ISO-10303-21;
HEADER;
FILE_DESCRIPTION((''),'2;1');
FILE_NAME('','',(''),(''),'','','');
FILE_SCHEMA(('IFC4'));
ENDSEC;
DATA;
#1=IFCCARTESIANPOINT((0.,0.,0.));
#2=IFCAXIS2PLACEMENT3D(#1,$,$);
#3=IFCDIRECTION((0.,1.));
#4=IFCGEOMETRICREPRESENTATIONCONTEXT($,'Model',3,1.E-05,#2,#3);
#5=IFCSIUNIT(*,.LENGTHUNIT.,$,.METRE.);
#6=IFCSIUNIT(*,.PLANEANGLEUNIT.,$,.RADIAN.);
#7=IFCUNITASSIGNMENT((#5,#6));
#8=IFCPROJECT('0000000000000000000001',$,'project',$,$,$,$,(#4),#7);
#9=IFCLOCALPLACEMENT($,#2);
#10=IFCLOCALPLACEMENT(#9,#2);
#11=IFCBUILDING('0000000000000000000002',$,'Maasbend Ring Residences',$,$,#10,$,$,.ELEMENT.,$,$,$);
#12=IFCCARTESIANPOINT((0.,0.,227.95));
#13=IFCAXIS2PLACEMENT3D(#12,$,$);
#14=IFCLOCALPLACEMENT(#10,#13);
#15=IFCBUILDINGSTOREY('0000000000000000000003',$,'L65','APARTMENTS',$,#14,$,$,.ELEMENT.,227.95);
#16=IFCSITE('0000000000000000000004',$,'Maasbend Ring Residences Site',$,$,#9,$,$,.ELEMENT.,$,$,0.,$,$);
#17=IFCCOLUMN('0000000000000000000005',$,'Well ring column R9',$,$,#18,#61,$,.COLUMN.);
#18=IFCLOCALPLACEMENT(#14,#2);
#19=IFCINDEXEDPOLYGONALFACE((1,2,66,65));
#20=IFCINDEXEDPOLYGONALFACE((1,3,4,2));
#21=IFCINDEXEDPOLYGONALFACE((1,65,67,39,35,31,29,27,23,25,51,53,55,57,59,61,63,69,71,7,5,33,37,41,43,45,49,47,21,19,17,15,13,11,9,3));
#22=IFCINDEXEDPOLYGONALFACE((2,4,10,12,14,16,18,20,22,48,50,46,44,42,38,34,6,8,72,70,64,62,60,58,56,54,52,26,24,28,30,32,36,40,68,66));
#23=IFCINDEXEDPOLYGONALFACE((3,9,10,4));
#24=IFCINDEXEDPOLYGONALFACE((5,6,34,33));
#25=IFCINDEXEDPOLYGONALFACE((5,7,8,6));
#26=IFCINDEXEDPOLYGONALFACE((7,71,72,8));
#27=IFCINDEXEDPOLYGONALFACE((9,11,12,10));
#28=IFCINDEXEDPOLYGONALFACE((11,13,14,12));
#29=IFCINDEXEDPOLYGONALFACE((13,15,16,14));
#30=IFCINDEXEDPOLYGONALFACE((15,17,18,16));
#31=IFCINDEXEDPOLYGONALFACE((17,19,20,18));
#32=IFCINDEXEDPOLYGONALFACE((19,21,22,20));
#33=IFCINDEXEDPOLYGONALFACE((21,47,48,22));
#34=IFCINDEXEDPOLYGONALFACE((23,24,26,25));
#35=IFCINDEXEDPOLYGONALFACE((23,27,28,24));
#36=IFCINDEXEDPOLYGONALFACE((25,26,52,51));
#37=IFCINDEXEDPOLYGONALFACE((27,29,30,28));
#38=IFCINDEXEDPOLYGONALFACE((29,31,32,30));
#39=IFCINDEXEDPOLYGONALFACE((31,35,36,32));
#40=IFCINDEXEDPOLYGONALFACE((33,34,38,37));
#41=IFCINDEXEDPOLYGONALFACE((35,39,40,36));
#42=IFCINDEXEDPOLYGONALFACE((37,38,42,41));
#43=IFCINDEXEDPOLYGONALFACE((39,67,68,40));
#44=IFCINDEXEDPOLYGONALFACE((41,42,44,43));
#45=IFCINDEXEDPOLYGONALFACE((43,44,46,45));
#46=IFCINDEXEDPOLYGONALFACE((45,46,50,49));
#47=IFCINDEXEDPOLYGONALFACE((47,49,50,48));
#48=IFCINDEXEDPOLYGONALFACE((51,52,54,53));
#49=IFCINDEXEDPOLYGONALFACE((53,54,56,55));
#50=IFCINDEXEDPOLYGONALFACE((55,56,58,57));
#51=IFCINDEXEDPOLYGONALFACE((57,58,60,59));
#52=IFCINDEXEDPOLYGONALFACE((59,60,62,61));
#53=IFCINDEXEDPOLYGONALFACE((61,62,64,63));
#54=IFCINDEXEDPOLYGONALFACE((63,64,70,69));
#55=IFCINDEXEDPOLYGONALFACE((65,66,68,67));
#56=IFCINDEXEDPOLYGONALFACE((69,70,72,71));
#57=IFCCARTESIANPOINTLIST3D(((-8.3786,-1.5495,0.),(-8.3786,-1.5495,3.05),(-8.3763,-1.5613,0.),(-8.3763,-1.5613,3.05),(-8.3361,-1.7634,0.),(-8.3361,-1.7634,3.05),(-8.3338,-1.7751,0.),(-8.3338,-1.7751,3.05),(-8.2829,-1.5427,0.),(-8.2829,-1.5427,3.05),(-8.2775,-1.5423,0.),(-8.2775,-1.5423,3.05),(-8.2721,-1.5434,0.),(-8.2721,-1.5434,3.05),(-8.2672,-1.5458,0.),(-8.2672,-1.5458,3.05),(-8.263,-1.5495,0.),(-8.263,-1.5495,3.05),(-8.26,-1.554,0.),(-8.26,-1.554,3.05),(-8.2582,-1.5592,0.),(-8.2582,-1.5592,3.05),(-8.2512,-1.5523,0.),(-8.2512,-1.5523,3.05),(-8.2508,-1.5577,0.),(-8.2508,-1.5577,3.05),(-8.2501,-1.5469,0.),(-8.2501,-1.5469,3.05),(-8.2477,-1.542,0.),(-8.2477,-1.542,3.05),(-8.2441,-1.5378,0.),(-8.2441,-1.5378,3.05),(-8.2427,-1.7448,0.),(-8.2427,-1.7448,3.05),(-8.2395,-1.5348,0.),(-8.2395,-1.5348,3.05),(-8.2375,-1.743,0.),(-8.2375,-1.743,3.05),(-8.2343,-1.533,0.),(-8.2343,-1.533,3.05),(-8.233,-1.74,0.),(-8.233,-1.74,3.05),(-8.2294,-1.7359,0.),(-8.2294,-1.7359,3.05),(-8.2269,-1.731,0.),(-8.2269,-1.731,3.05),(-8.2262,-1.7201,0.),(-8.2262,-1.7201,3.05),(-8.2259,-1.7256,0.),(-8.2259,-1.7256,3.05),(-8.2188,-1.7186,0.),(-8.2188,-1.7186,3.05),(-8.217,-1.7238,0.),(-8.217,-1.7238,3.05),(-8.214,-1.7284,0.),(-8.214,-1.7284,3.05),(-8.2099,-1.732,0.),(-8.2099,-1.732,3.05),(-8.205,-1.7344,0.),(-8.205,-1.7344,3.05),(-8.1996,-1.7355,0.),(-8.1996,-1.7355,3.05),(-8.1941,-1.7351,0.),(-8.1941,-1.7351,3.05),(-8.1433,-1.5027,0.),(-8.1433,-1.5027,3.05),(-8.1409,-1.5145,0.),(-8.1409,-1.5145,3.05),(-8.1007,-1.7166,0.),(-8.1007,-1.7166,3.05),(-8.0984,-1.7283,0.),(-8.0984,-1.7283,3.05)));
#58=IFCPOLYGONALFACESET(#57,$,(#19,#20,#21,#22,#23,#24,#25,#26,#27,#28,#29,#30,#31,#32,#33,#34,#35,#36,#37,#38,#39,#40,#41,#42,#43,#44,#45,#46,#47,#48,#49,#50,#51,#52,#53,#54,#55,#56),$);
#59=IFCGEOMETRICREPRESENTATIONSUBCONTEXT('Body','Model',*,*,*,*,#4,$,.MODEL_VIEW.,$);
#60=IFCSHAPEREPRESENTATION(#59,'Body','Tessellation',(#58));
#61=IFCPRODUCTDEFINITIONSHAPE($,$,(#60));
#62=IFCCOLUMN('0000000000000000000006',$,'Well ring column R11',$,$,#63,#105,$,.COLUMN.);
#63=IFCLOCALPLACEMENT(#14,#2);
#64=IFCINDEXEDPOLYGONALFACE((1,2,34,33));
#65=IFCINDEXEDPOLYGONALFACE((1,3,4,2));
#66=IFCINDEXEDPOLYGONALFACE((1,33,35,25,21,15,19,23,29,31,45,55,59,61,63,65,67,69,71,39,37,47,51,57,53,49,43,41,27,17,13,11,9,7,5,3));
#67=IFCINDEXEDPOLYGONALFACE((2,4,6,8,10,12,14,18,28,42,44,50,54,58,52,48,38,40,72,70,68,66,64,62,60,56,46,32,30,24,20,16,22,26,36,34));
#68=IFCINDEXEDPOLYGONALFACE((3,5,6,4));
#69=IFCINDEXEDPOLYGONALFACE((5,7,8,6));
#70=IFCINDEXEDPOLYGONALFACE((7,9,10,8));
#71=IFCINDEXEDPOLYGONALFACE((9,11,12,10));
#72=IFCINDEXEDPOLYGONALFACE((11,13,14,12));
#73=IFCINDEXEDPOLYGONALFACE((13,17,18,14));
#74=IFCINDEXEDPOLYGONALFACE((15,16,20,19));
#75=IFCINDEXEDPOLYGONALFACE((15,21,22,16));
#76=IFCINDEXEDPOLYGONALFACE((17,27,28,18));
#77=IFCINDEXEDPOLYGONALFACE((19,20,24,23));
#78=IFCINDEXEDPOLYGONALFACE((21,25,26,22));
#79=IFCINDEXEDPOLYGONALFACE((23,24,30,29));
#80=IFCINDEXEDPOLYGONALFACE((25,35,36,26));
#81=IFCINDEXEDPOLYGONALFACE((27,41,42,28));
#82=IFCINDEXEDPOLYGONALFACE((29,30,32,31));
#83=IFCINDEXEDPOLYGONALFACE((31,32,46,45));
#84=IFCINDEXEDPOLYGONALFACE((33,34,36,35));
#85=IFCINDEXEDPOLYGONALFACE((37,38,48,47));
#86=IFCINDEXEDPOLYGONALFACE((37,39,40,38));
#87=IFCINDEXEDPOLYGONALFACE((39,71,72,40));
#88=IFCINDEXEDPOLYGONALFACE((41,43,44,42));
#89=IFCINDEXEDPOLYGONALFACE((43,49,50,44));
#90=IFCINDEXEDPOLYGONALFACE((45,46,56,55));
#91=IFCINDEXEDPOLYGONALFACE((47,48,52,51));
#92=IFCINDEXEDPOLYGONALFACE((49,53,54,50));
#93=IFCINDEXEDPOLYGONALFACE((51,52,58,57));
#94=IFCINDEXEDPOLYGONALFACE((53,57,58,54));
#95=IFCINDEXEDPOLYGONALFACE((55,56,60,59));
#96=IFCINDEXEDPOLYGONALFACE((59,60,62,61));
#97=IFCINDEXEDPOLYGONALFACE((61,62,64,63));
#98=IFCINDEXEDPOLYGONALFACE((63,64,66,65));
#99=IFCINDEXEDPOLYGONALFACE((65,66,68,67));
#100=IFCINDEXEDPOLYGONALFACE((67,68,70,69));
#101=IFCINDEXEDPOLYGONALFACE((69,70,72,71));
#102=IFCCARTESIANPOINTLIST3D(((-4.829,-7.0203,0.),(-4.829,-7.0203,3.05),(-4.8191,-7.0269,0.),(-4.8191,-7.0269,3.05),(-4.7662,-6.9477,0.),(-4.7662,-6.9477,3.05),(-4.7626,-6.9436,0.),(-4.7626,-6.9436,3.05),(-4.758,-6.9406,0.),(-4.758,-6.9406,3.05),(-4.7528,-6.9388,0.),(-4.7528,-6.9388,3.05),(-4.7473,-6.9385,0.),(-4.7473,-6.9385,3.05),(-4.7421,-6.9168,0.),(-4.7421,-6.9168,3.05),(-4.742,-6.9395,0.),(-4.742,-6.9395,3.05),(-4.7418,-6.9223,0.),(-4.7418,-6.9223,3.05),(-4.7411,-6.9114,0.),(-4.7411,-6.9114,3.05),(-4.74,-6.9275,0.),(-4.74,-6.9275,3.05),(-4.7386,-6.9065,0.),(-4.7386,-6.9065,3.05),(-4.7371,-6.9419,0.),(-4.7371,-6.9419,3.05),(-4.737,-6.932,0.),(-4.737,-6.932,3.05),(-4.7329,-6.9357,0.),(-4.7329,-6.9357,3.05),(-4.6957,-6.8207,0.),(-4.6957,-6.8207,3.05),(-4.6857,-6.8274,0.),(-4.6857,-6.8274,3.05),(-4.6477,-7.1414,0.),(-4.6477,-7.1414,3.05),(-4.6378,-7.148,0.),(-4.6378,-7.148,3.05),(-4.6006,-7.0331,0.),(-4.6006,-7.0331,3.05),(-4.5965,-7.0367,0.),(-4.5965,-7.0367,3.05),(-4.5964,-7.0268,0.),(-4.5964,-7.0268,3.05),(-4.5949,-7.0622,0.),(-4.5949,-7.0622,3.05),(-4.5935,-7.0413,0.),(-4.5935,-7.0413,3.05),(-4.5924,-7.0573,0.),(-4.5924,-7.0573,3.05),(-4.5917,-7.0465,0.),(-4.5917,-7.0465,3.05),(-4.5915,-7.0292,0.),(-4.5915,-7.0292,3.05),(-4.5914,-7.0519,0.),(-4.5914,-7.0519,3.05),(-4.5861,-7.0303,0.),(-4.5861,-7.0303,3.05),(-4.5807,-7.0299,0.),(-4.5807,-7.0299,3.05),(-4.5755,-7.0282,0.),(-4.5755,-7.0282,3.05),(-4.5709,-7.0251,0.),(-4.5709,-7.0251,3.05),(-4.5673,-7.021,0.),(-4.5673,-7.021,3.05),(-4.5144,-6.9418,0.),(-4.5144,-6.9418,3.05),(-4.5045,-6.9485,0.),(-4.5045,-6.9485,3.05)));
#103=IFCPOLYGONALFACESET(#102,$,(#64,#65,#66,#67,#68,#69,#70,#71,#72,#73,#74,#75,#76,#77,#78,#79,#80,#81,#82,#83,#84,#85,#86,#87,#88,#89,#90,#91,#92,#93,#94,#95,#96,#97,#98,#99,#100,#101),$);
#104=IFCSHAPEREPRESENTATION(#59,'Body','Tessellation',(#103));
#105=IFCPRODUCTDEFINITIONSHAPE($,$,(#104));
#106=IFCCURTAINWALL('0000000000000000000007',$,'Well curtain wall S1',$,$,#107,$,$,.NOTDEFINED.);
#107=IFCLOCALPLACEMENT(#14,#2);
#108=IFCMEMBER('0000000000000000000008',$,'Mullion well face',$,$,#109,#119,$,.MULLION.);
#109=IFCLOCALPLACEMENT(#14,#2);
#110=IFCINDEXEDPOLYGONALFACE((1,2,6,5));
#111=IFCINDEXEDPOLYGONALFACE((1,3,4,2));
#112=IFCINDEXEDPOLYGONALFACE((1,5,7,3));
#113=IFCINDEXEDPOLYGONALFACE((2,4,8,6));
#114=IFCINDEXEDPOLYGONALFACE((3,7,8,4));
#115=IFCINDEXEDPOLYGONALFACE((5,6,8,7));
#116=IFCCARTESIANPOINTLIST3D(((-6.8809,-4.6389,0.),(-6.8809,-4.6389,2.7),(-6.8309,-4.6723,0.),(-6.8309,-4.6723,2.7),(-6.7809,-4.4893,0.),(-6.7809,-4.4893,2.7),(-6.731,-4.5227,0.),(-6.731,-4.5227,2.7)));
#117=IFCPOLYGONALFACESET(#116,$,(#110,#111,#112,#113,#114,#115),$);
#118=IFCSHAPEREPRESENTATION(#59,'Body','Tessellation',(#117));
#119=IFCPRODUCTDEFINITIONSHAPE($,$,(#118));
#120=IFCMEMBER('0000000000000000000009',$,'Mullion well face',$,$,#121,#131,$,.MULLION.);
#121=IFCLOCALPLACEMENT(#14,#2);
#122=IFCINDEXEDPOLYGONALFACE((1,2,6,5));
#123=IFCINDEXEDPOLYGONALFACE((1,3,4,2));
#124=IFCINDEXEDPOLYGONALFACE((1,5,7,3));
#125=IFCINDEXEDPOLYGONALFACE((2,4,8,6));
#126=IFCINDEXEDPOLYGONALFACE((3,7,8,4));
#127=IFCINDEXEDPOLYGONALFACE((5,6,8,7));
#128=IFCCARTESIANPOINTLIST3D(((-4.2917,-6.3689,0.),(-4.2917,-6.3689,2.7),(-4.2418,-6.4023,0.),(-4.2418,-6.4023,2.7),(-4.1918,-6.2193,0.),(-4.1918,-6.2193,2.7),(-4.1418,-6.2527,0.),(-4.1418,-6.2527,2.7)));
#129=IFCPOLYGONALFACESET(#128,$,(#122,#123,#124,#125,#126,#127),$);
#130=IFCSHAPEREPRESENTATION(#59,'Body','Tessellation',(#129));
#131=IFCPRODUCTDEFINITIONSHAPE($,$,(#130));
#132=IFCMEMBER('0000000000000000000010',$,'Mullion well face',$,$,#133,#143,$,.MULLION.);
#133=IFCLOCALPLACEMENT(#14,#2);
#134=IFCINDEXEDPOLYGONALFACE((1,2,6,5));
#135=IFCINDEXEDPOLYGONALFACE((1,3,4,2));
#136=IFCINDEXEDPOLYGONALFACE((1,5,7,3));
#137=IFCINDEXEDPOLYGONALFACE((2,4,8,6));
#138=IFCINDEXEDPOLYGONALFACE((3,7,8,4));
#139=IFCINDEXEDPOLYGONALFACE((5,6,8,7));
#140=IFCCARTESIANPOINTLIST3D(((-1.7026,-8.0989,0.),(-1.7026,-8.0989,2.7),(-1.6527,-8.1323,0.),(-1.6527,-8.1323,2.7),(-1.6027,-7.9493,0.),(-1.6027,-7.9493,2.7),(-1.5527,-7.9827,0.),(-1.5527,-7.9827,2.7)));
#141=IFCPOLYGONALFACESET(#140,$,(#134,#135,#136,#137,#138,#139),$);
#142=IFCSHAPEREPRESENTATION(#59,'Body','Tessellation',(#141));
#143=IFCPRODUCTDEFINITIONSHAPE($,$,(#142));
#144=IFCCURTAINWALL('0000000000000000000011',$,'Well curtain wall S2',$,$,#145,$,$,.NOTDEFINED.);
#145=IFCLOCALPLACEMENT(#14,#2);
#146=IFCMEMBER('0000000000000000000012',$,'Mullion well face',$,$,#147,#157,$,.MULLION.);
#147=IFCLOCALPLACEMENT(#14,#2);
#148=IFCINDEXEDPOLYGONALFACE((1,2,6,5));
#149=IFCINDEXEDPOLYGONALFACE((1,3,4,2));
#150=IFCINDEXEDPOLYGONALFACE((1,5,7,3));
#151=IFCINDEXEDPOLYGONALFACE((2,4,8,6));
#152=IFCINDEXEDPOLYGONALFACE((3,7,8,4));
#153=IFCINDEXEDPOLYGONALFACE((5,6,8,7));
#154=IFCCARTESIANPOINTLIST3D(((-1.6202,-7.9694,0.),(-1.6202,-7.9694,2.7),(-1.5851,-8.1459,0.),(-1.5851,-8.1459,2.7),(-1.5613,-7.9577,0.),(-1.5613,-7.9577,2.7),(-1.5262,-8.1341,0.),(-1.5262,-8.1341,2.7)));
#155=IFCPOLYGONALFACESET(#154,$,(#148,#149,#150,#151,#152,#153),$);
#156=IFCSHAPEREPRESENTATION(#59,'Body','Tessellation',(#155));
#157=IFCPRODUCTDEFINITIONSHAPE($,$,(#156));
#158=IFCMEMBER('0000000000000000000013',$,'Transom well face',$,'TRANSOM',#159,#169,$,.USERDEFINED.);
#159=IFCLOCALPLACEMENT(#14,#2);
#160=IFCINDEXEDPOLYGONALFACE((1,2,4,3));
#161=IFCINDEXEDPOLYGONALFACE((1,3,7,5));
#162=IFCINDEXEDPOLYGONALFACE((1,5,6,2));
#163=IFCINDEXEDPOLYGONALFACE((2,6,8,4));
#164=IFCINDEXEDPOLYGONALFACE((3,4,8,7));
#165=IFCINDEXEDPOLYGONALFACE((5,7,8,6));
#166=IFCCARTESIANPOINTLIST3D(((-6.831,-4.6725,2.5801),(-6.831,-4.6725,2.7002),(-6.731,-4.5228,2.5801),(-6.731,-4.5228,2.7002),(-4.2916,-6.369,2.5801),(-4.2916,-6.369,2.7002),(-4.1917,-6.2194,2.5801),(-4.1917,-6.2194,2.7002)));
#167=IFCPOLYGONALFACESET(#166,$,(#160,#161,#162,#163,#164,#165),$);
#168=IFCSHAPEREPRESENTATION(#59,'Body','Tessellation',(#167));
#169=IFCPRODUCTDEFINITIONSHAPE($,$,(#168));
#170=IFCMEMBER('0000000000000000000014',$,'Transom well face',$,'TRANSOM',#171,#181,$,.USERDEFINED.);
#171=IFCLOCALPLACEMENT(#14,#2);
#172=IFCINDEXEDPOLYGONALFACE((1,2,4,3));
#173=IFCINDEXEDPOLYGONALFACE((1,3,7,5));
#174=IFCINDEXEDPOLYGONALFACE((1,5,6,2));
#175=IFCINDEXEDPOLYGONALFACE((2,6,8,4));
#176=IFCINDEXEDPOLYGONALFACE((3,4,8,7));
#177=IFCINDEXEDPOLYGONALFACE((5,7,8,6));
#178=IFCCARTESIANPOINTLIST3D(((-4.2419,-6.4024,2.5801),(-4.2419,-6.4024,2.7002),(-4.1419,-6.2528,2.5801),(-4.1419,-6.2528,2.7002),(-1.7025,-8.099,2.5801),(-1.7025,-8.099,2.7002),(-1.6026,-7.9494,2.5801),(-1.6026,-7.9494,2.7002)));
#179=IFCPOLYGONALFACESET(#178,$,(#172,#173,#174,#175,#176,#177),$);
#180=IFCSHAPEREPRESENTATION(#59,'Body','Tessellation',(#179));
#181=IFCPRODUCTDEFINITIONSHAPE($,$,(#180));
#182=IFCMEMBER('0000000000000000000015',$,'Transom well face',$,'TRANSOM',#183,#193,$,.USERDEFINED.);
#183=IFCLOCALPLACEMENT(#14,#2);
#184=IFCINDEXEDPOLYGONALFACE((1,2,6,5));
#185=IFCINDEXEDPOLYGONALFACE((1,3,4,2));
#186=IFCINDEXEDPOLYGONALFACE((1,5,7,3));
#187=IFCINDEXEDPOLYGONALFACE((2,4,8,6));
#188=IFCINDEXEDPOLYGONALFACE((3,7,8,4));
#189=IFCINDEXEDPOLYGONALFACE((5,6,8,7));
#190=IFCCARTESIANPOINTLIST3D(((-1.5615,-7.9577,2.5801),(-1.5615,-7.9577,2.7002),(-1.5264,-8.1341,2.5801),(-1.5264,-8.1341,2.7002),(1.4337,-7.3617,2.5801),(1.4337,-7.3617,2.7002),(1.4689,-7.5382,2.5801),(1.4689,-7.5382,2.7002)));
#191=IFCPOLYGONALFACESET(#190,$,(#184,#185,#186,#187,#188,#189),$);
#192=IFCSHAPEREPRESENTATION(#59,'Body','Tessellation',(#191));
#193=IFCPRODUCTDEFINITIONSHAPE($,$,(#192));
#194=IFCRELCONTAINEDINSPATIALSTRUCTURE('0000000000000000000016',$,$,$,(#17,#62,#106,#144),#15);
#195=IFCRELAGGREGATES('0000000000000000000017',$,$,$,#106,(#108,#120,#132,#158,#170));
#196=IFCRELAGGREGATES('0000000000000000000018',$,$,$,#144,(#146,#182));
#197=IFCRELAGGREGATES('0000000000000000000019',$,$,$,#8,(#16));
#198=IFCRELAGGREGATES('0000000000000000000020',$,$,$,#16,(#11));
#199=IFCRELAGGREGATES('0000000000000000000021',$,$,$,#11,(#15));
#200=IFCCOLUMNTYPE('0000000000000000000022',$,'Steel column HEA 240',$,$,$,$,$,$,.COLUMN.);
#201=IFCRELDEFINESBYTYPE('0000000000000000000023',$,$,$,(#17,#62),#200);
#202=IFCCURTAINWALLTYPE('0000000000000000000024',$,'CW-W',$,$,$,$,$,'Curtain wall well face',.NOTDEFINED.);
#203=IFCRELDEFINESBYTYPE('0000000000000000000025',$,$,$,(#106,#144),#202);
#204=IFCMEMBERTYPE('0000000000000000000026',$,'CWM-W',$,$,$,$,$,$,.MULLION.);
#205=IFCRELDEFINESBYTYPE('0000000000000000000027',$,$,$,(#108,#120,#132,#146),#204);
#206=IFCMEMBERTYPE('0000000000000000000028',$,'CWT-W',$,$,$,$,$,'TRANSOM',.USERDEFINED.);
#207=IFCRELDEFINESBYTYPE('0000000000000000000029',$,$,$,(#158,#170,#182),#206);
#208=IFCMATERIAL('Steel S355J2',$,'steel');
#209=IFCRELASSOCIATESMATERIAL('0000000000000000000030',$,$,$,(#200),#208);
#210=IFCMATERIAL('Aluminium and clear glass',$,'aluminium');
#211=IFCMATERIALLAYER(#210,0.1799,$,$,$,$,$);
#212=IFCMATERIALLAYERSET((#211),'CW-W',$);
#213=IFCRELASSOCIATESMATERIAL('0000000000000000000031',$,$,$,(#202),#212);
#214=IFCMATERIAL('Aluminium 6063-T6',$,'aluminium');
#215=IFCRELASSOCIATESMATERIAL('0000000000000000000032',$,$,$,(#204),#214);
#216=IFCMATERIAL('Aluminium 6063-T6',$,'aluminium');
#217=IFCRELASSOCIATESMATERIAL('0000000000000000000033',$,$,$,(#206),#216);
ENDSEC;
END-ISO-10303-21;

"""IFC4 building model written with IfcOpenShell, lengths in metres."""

from ifc_helpers import new_model, si_unit, direction, frame, origin, origin_2d, place, context, subcontext, project, spatial, rectangle, i_section, extrude, material, layer, layer_set, material_profile, profile_set, type_object, element, aggregate, save


model = new_model("IFC4")

# Units and contexts
model_context = context("Model", 3, precision=1e-05, world=origin(), true_north=direction((0.0, 1.0)))
body_context = subcontext(model_context, "Body", "Model", "MODEL_VIEW")
ifc_project = project(units=[si_unit("LENGTHUNIT", "METRE"), si_unit("PLANEANGLEUNIT", "RADIAN")], contexts=[model_context])

# Site, building, storey
site_placement = place(None, origin())
site = spatial("IfcSite", under=ifc_project, at=site_placement, Name="Maasbend Ring Residences Site", CompositionType="ELEMENT", RefElevation=0.0)
building_placement = place(site_placement, origin())
building = spatial("IfcBuilding", under=site, at=building_placement, Name="Maasbend Ring Residences", CompositionType="ELEMENT")
storey_placement = place(building_placement, frame((0.0, 0.0, 227.95)))
storey = spatial("IfcBuildingStorey", under=building, at=storey_placement, Name="L65", Description="APARTMENTS", CompositionType="ELEMENT", Elevation=227.95)

# Columns
ifc_material_1 = material(Name="Steel S355J2", Category="steel")
ifc_material_profile_1 = material_profile(ifc_material_1, i_section(OverallWidth=0.24, OverallDepth=0.23, WebThickness=0.0076, FlangeThickness=0.012, FilletRadius=0.021, at=origin_2d()), Name="HEA 240")
ifc_profile_set_1 = profile_set([ifc_material_profile_1], Name="Steel S355J2")
column_type = type_object("IfcColumnType", Name="Steel column HEA 240", PredefinedType="COLUMN", material=ifc_profile_set_1)
for number, where, z_axis, x_axis, name in (
    (1, (-8.2385, -1.6389, 0.0), (0.0, 0.0, 1.0), (-0.980785, -0.19509, 0.0), "Well ring column R9"),
    (2, (-4.6667, -6.9844, 0.0), (0.0, 0.0, 1.0), (-0.55557, -0.83147, 0.0), "Well ring column R11"),
):
    element("IfcColumn", number, at=place(storey_placement, frame(where, z_axis=z_axis, x_axis=x_axis)), inside=storey, type_object=column_type, Name=name, PredefinedType="COLUMN", context=body_context, shape_type="SweptSolid", body=[
        extrude(i_section(OverallWidth=0.24, OverallDepth=0.23, WebThickness=0.0076, FlangeThickness=0.012, FilletRadius=0.021, at=origin_2d()), origin(), (0.0, 0.0, 1.0), 3.05),
    ])

# Curtain wall, members
ifc_material_2 = material(Name="Aluminium and clear glass", Category="aluminium")
ifc_layer_1 = layer(ifc_material_2, 0.1799)
ifc_layer_set_1 = layer_set([ifc_layer_1], Name="CW-W")
curtain_wall_type = type_object("IfcCurtainWallType", Name="CW-W", ElementType="Curtain wall well face", PredefinedType="NOTDEFINED", material=ifc_layer_set_1)
curtain_wall_1_placement = place(storey_placement, origin())
curtain_wall_1 = element("IfcCurtainWall", 3, at=curtain_wall_1_placement, inside=storey, type_object=curtain_wall_type, Name="Well curtain wall S1", PredefinedType="NOTDEFINED")
ifc_material_3 = material(Name="Aluminium 6063-T6", Category="aluminium")
ifc_material_profile_2 = material_profile(ifc_material_3, rectangle(XDim=0.1799, YDim=0.0601, at=origin_2d()), Name="AL 180x60")
ifc_profile_set_2 = profile_set([ifc_material_profile_2], Name="Aluminium 6063-T6")
member_type_1 = type_object("IfcMemberType", Name="CWM-W", PredefinedType="MULLION", material=ifc_profile_set_2)
member_1_placement = place(storey_placement, frame((-6.8059, -4.5808, 0.0), z_axis=(0.0, 0.0, 1.0), x_axis=(0.55557, 0.83147, 0.0)))
member_1 = element("IfcMember", 4, at=member_1_placement, type_object=member_type_1, Name="Mullion well face", PredefinedType="MULLION", context=body_context, shape_type="SweptSolid", body=[
    extrude(rectangle(XDim=0.1799, YDim=0.0601, at=origin_2d()), origin(), (0.0, 0.0, 1.0), 2.7),
])
member_2_placement = place(storey_placement, frame((-4.2168, -6.3108, 0.0), z_axis=(0.0, 0.0, 1.0), x_axis=(0.55557, 0.83147, 0.0)))
member_2 = element("IfcMember", 5, at=member_2_placement, type_object=member_type_1, Name="Mullion well face", PredefinedType="MULLION", context=body_context, shape_type="SweptSolid", body=[
    extrude(rectangle(XDim=0.1799, YDim=0.0601, at=origin_2d()), origin(), (0.0, 0.0, 1.0), 2.7),
])
member_3_placement = place(storey_placement, frame((-1.6277, -8.0408, 0.0), z_axis=(0.0, 0.0, 1.0), x_axis=(0.55557, 0.83147, 0.0)))
member_3 = element("IfcMember", 6, at=member_3_placement, type_object=member_type_1, Name="Mullion well face", PredefinedType="MULLION", context=body_context, shape_type="SweptSolid", body=[
    extrude(rectangle(XDim=0.1799, YDim=0.0601, at=origin_2d()), origin(), (0.0, 0.0, 1.0), 2.7),
])

# Curtain wall, member
curtain_wall_2_placement = place(storey_placement, origin())
curtain_wall_2 = element("IfcCurtainWall", 7, at=curtain_wall_2_placement, inside=storey, type_object=curtain_wall_type, Name="Well curtain wall S2", PredefinedType="NOTDEFINED")
member_4_placement = place(storey_placement, frame((-1.5732, -8.0518, 0.0), z_axis=(0.0, 0.0, 1.0), x_axis=(-0.19509, 0.980785, 0.0)))
member_4 = element("IfcMember", 8, at=member_4_placement, type_object=member_type_1, Name="Mullion well face", PredefinedType="MULLION", context=body_context, shape_type="SweptSolid", body=[
    extrude(rectangle(XDim=0.1799, YDim=0.0601, at=origin_2d()), origin(), (0.0, 0.0, 1.0), 2.7),
])

# Members
ifc_material_4 = material(Name="Aluminium 6063-T6", Category="aluminium")
ifc_material_profile_3 = material_profile(ifc_material_4, rectangle(XDim=0.1799, YDim=0.1201, at=origin_2d()), Name="AL 180x120")
ifc_profile_set_3 = profile_set([ifc_material_profile_3], Name="Aluminium 6063-T6")
member_type_2 = type_object("IfcMemberType", Name="CWT-W", ElementType="TRANSOM", PredefinedType="USERDEFINED", material=ifc_profile_set_3)
member_5_placement = place(storey_placement, frame((-6.781, -4.5977, 2.6401), z_axis=(0.831496, -0.55553, 0.0), x_axis=(0.55553, 0.831496, 0.0)))
member_5 = element("IfcMember", 9, at=member_5_placement, type_object=member_type_2, Name="Transom well face", ObjectType="TRANSOM", PredefinedType="USERDEFINED", context=body_context, shape_type="SweptSolid", body=[
    extrude(rectangle(XDim=0.1799, YDim=0.1201, at=origin_2d()), origin(), (0.0, 0.0, 1.0), 3.054),
])
member_6_placement = place(storey_placement, frame((-4.1919, -6.3276, 2.6401), z_axis=(0.831496, -0.55553, 0.0), x_axis=(0.55553, 0.831496, 0.0)))
member_6 = element("IfcMember", 10, at=member_6_placement, type_object=member_type_2, Name="Transom well face", ObjectType="TRANSOM", PredefinedType="USERDEFINED", context=body_context, shape_type="SweptSolid", body=[
    extrude(rectangle(XDim=0.1799, YDim=0.1201, at=origin_2d()), origin(), (0.0, 0.0, 1.0), 3.054),
])
member_7_placement = place(storey_placement, frame((-1.5439, -8.0459, 2.6401), z_axis=(0.980777, 0.195132, 0.0), x_axis=(-0.195132, 0.980777, 0.0)))
member_7 = element("IfcMember", 11, at=member_7_placement, type_object=member_type_2, Name="Transom well face", ObjectType="TRANSOM", PredefinedType="USERDEFINED", context=body_context, shape_type="SweptSolid", body=[
    extrude(rectangle(XDim=0.1799, YDim=0.1201, at=origin_2d()), origin(), (0.0, 0.0, 1.0), 3.054),
])

aggregate(curtain_wall_1, [member_1, member_2, member_3, member_5, member_6])
aggregate(curtain_wall_2, [member_4, member_7])

save(model, "model.ifc")
